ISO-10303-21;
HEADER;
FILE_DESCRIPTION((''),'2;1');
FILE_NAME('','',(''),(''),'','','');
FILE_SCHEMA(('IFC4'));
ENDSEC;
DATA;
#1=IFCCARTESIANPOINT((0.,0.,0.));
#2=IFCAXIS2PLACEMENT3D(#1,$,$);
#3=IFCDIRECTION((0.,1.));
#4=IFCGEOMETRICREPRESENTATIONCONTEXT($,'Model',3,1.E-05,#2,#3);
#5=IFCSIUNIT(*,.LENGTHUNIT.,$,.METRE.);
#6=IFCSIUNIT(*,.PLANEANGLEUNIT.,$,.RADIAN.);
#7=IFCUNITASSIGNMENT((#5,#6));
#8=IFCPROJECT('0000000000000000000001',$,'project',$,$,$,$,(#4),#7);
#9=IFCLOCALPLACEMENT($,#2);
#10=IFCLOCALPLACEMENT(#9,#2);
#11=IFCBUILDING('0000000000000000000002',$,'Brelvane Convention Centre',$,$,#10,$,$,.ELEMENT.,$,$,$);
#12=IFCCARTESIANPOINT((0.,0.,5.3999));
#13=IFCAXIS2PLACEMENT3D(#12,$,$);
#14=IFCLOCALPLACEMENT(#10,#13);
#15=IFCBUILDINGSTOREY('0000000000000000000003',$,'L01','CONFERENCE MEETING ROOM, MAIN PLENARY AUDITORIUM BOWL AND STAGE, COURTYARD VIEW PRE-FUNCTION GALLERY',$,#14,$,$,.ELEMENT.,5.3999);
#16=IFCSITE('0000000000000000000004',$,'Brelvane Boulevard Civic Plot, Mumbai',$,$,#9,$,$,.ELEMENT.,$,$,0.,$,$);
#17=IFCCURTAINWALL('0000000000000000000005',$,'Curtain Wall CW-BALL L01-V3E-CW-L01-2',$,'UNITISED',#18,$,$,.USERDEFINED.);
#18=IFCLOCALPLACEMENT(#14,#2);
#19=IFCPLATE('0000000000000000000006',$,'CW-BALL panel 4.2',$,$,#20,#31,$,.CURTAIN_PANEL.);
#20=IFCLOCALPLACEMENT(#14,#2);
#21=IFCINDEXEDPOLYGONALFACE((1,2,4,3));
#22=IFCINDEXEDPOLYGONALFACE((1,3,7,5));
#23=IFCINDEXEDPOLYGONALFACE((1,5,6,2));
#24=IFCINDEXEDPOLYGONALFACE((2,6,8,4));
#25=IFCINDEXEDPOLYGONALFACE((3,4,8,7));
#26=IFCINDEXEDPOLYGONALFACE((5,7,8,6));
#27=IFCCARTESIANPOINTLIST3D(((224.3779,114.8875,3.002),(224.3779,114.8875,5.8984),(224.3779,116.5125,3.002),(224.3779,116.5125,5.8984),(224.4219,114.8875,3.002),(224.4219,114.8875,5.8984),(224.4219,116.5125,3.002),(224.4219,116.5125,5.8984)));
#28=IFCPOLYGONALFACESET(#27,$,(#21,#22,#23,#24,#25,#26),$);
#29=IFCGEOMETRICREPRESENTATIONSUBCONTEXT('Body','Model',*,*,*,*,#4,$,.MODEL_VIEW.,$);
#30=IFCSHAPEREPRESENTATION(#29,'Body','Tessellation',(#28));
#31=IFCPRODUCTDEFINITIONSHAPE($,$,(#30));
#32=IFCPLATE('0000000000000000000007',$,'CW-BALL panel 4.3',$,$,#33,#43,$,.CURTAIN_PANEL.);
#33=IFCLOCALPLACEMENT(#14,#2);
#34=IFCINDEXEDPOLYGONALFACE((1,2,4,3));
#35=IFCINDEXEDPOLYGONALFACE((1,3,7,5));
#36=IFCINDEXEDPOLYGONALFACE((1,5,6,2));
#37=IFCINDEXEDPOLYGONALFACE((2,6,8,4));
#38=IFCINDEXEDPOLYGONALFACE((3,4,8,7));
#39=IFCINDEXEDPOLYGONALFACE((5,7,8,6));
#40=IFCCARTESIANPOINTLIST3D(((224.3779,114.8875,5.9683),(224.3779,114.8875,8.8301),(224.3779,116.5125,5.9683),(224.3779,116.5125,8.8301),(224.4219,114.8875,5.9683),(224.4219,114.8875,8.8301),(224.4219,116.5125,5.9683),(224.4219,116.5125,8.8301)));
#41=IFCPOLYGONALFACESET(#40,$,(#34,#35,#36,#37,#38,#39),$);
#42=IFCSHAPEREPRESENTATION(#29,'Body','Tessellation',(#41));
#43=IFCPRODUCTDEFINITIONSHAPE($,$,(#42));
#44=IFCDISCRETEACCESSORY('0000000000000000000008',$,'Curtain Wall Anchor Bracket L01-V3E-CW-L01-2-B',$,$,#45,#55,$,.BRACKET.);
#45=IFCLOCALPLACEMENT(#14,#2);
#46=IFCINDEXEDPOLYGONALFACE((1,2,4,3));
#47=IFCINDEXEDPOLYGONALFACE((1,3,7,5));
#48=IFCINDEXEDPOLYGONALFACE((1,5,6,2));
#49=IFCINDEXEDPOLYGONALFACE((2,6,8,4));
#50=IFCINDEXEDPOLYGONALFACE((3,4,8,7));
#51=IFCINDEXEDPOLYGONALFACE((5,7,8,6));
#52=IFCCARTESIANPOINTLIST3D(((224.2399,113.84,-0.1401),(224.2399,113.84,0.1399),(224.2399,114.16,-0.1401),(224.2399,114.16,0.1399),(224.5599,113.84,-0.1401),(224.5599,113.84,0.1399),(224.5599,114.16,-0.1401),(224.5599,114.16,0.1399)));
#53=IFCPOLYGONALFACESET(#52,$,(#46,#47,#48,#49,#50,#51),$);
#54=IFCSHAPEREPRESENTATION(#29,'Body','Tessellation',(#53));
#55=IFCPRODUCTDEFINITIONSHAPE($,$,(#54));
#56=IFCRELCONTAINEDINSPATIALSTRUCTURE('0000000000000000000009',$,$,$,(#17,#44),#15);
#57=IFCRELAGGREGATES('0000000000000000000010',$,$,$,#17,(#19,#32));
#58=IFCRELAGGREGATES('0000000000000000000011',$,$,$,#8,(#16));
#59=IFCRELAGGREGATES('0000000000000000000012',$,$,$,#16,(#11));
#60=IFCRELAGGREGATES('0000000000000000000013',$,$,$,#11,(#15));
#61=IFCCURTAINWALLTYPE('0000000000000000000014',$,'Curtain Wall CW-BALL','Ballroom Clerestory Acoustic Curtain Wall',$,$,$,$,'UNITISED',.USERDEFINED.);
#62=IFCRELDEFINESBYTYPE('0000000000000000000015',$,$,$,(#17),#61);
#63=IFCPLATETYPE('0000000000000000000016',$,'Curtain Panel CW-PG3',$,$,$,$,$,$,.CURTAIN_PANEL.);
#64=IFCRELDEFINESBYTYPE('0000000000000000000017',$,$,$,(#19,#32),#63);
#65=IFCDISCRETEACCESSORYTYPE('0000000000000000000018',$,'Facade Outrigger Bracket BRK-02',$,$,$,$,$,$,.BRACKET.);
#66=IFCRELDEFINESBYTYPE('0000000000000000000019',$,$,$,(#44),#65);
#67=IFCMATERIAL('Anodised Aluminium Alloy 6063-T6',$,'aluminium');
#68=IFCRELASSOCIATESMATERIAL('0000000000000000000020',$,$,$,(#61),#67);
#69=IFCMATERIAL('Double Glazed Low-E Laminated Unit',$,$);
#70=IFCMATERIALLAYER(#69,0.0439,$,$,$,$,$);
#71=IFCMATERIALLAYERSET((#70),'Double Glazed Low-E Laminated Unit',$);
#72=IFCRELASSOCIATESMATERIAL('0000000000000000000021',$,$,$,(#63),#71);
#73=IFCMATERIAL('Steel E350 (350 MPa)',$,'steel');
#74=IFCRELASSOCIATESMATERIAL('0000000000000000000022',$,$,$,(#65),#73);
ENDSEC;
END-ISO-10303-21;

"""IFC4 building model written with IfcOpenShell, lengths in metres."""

from ifc_helpers import new_model, si_unit, direction, frame, origin, origin_2d, place, context, subcontext, project, spatial, rectangle, extrude, material, layer, layer_set, type_object, element, aggregate, save


model = new_model("IFC4")

# Units and contexts
model_context = context("Model", 3, precision=1e-05, world=origin(), true_north=direction((0.0, 1.0)))
body_context = subcontext(model_context, "Body", "Model", "MODEL_VIEW")
ifc_project = project(units=[si_unit("LENGTHUNIT", "METRE"), si_unit("PLANEANGLEUNIT", "RADIAN")], contexts=[model_context])

# Site, building, storey
site_placement = place(None, origin())
site = spatial("IfcSite", under=ifc_project, at=site_placement, Name="Brelvane Boulevard Civic Plot, Mumbai", CompositionType="ELEMENT", RefElevation=0.0)
building_placement = place(site_placement, origin())
building = spatial("IfcBuilding", under=site, at=building_placement, Name="Brelvane Convention Centre", CompositionType="ELEMENT")
storey_placement = place(building_placement, frame((0.0, 0.0, 5.3999)))
storey = spatial("IfcBuildingStorey", under=building, at=storey_placement, Name="L01", Description="CONFERENCE MEETING ROOM, MAIN PLENARY AUDITORIUM BOWL AND STAGE, COURTYARD VIEW PRE-FUNCTION GALLERY", CompositionType="ELEMENT", Elevation=5.3999)

# Curtain wall, plates
ifc_material_1 = material(Name="Anodised Aluminium Alloy 6063-T6", Category="aluminium")
curtain_wall_type = type_object("IfcCurtainWallType", Name="Curtain Wall CW-BALL", Description="Ballroom Clerestory Acoustic Curtain Wall", ElementType="UNITISED", PredefinedType="USERDEFINED", material=ifc_material_1)
curtain_wall_placement = place(storey_placement, origin())
curtain_wall = element("IfcCurtainWall", 1, at=curtain_wall_placement, inside=storey, type_object=curtain_wall_type, Name="Curtain Wall CW-BALL L01-V3E-CW-L01-2", ObjectType="UNITISED", PredefinedType="USERDEFINED")
ifc_material_2 = material(Name="Double Glazed Low-E Laminated Unit")
ifc_layer = layer(ifc_material_2, 0.0439)
ifc_layer_set = layer_set([ifc_layer], Name="Double Glazed Low-E Laminated Unit")
plate_type = type_object("IfcPlateType", Name="Curtain Panel CW-PG3", PredefinedType="CURTAIN_PANEL", material=ifc_layer_set)
plate_1_placement = place(storey_placement, frame((224.3999, 115.7, 3.002), z_axis=(0.0, 0.0, 1.0), x_axis=(0.0, 1.0, 0.0)))
plate_1 = element("IfcPlate", 2, at=plate_1_placement, type_object=plate_type, Name="CW-BALL panel 4.2", PredefinedType="CURTAIN_PANEL", context=body_context, shape_type="SweptSolid", body=[
    extrude(rectangle(XDim=1.625, YDim=0.0439, at=origin_2d()), origin(), (0.0, 0.0, 1.0), 2.8965),
])
plate_2_placement = place(storey_placement, frame((224.3999, 115.7, 5.9683), z_axis=(0.0, 0.0, 1.0), x_axis=(0.0, 1.0, 0.0)))
plate_2 = element("IfcPlate", 3, at=plate_2_placement, type_object=plate_type, Name="CW-BALL panel 4.3", PredefinedType="CURTAIN_PANEL", context=body_context, shape_type="SweptSolid", body=[
    extrude(rectangle(XDim=1.625, YDim=0.0439, at=origin_2d()), origin(), (0.0, 0.0, 1.0), 2.8618),
])
aggregate(curtain_wall, [plate_1, plate_2])

# Discrete accessory
ifc_material_3 = material(Name="Steel E350 (350 MPa)", Category="steel")
discrete_accessory_type = type_object("IfcDiscreteAccessoryType", Name="Facade Outrigger Bracket BRK-02", PredefinedType="BRACKET", material=ifc_material_3)
discrete_accessory_placement = place(storey_placement, frame((224.3999, 114.0, -0.1401), z_axis=(0.0, 0.0, 1.0), x_axis=(1.0, 0.0, 0.0)))
element("IfcDiscreteAccessory", 4, at=discrete_accessory_placement, inside=storey, type_object=discrete_accessory_type, Name="Curtain Wall Anchor Bracket L01-V3E-CW-L01-2-B", PredefinedType="BRACKET", context=body_context, shape_type="SweptSolid", body=[
    extrude(rectangle(XDim=0.3201, YDim=0.3201, at=origin_2d()), origin(), (0.0, 0.0, 1.0), 0.28),
])

save(model, "model.ifc")
